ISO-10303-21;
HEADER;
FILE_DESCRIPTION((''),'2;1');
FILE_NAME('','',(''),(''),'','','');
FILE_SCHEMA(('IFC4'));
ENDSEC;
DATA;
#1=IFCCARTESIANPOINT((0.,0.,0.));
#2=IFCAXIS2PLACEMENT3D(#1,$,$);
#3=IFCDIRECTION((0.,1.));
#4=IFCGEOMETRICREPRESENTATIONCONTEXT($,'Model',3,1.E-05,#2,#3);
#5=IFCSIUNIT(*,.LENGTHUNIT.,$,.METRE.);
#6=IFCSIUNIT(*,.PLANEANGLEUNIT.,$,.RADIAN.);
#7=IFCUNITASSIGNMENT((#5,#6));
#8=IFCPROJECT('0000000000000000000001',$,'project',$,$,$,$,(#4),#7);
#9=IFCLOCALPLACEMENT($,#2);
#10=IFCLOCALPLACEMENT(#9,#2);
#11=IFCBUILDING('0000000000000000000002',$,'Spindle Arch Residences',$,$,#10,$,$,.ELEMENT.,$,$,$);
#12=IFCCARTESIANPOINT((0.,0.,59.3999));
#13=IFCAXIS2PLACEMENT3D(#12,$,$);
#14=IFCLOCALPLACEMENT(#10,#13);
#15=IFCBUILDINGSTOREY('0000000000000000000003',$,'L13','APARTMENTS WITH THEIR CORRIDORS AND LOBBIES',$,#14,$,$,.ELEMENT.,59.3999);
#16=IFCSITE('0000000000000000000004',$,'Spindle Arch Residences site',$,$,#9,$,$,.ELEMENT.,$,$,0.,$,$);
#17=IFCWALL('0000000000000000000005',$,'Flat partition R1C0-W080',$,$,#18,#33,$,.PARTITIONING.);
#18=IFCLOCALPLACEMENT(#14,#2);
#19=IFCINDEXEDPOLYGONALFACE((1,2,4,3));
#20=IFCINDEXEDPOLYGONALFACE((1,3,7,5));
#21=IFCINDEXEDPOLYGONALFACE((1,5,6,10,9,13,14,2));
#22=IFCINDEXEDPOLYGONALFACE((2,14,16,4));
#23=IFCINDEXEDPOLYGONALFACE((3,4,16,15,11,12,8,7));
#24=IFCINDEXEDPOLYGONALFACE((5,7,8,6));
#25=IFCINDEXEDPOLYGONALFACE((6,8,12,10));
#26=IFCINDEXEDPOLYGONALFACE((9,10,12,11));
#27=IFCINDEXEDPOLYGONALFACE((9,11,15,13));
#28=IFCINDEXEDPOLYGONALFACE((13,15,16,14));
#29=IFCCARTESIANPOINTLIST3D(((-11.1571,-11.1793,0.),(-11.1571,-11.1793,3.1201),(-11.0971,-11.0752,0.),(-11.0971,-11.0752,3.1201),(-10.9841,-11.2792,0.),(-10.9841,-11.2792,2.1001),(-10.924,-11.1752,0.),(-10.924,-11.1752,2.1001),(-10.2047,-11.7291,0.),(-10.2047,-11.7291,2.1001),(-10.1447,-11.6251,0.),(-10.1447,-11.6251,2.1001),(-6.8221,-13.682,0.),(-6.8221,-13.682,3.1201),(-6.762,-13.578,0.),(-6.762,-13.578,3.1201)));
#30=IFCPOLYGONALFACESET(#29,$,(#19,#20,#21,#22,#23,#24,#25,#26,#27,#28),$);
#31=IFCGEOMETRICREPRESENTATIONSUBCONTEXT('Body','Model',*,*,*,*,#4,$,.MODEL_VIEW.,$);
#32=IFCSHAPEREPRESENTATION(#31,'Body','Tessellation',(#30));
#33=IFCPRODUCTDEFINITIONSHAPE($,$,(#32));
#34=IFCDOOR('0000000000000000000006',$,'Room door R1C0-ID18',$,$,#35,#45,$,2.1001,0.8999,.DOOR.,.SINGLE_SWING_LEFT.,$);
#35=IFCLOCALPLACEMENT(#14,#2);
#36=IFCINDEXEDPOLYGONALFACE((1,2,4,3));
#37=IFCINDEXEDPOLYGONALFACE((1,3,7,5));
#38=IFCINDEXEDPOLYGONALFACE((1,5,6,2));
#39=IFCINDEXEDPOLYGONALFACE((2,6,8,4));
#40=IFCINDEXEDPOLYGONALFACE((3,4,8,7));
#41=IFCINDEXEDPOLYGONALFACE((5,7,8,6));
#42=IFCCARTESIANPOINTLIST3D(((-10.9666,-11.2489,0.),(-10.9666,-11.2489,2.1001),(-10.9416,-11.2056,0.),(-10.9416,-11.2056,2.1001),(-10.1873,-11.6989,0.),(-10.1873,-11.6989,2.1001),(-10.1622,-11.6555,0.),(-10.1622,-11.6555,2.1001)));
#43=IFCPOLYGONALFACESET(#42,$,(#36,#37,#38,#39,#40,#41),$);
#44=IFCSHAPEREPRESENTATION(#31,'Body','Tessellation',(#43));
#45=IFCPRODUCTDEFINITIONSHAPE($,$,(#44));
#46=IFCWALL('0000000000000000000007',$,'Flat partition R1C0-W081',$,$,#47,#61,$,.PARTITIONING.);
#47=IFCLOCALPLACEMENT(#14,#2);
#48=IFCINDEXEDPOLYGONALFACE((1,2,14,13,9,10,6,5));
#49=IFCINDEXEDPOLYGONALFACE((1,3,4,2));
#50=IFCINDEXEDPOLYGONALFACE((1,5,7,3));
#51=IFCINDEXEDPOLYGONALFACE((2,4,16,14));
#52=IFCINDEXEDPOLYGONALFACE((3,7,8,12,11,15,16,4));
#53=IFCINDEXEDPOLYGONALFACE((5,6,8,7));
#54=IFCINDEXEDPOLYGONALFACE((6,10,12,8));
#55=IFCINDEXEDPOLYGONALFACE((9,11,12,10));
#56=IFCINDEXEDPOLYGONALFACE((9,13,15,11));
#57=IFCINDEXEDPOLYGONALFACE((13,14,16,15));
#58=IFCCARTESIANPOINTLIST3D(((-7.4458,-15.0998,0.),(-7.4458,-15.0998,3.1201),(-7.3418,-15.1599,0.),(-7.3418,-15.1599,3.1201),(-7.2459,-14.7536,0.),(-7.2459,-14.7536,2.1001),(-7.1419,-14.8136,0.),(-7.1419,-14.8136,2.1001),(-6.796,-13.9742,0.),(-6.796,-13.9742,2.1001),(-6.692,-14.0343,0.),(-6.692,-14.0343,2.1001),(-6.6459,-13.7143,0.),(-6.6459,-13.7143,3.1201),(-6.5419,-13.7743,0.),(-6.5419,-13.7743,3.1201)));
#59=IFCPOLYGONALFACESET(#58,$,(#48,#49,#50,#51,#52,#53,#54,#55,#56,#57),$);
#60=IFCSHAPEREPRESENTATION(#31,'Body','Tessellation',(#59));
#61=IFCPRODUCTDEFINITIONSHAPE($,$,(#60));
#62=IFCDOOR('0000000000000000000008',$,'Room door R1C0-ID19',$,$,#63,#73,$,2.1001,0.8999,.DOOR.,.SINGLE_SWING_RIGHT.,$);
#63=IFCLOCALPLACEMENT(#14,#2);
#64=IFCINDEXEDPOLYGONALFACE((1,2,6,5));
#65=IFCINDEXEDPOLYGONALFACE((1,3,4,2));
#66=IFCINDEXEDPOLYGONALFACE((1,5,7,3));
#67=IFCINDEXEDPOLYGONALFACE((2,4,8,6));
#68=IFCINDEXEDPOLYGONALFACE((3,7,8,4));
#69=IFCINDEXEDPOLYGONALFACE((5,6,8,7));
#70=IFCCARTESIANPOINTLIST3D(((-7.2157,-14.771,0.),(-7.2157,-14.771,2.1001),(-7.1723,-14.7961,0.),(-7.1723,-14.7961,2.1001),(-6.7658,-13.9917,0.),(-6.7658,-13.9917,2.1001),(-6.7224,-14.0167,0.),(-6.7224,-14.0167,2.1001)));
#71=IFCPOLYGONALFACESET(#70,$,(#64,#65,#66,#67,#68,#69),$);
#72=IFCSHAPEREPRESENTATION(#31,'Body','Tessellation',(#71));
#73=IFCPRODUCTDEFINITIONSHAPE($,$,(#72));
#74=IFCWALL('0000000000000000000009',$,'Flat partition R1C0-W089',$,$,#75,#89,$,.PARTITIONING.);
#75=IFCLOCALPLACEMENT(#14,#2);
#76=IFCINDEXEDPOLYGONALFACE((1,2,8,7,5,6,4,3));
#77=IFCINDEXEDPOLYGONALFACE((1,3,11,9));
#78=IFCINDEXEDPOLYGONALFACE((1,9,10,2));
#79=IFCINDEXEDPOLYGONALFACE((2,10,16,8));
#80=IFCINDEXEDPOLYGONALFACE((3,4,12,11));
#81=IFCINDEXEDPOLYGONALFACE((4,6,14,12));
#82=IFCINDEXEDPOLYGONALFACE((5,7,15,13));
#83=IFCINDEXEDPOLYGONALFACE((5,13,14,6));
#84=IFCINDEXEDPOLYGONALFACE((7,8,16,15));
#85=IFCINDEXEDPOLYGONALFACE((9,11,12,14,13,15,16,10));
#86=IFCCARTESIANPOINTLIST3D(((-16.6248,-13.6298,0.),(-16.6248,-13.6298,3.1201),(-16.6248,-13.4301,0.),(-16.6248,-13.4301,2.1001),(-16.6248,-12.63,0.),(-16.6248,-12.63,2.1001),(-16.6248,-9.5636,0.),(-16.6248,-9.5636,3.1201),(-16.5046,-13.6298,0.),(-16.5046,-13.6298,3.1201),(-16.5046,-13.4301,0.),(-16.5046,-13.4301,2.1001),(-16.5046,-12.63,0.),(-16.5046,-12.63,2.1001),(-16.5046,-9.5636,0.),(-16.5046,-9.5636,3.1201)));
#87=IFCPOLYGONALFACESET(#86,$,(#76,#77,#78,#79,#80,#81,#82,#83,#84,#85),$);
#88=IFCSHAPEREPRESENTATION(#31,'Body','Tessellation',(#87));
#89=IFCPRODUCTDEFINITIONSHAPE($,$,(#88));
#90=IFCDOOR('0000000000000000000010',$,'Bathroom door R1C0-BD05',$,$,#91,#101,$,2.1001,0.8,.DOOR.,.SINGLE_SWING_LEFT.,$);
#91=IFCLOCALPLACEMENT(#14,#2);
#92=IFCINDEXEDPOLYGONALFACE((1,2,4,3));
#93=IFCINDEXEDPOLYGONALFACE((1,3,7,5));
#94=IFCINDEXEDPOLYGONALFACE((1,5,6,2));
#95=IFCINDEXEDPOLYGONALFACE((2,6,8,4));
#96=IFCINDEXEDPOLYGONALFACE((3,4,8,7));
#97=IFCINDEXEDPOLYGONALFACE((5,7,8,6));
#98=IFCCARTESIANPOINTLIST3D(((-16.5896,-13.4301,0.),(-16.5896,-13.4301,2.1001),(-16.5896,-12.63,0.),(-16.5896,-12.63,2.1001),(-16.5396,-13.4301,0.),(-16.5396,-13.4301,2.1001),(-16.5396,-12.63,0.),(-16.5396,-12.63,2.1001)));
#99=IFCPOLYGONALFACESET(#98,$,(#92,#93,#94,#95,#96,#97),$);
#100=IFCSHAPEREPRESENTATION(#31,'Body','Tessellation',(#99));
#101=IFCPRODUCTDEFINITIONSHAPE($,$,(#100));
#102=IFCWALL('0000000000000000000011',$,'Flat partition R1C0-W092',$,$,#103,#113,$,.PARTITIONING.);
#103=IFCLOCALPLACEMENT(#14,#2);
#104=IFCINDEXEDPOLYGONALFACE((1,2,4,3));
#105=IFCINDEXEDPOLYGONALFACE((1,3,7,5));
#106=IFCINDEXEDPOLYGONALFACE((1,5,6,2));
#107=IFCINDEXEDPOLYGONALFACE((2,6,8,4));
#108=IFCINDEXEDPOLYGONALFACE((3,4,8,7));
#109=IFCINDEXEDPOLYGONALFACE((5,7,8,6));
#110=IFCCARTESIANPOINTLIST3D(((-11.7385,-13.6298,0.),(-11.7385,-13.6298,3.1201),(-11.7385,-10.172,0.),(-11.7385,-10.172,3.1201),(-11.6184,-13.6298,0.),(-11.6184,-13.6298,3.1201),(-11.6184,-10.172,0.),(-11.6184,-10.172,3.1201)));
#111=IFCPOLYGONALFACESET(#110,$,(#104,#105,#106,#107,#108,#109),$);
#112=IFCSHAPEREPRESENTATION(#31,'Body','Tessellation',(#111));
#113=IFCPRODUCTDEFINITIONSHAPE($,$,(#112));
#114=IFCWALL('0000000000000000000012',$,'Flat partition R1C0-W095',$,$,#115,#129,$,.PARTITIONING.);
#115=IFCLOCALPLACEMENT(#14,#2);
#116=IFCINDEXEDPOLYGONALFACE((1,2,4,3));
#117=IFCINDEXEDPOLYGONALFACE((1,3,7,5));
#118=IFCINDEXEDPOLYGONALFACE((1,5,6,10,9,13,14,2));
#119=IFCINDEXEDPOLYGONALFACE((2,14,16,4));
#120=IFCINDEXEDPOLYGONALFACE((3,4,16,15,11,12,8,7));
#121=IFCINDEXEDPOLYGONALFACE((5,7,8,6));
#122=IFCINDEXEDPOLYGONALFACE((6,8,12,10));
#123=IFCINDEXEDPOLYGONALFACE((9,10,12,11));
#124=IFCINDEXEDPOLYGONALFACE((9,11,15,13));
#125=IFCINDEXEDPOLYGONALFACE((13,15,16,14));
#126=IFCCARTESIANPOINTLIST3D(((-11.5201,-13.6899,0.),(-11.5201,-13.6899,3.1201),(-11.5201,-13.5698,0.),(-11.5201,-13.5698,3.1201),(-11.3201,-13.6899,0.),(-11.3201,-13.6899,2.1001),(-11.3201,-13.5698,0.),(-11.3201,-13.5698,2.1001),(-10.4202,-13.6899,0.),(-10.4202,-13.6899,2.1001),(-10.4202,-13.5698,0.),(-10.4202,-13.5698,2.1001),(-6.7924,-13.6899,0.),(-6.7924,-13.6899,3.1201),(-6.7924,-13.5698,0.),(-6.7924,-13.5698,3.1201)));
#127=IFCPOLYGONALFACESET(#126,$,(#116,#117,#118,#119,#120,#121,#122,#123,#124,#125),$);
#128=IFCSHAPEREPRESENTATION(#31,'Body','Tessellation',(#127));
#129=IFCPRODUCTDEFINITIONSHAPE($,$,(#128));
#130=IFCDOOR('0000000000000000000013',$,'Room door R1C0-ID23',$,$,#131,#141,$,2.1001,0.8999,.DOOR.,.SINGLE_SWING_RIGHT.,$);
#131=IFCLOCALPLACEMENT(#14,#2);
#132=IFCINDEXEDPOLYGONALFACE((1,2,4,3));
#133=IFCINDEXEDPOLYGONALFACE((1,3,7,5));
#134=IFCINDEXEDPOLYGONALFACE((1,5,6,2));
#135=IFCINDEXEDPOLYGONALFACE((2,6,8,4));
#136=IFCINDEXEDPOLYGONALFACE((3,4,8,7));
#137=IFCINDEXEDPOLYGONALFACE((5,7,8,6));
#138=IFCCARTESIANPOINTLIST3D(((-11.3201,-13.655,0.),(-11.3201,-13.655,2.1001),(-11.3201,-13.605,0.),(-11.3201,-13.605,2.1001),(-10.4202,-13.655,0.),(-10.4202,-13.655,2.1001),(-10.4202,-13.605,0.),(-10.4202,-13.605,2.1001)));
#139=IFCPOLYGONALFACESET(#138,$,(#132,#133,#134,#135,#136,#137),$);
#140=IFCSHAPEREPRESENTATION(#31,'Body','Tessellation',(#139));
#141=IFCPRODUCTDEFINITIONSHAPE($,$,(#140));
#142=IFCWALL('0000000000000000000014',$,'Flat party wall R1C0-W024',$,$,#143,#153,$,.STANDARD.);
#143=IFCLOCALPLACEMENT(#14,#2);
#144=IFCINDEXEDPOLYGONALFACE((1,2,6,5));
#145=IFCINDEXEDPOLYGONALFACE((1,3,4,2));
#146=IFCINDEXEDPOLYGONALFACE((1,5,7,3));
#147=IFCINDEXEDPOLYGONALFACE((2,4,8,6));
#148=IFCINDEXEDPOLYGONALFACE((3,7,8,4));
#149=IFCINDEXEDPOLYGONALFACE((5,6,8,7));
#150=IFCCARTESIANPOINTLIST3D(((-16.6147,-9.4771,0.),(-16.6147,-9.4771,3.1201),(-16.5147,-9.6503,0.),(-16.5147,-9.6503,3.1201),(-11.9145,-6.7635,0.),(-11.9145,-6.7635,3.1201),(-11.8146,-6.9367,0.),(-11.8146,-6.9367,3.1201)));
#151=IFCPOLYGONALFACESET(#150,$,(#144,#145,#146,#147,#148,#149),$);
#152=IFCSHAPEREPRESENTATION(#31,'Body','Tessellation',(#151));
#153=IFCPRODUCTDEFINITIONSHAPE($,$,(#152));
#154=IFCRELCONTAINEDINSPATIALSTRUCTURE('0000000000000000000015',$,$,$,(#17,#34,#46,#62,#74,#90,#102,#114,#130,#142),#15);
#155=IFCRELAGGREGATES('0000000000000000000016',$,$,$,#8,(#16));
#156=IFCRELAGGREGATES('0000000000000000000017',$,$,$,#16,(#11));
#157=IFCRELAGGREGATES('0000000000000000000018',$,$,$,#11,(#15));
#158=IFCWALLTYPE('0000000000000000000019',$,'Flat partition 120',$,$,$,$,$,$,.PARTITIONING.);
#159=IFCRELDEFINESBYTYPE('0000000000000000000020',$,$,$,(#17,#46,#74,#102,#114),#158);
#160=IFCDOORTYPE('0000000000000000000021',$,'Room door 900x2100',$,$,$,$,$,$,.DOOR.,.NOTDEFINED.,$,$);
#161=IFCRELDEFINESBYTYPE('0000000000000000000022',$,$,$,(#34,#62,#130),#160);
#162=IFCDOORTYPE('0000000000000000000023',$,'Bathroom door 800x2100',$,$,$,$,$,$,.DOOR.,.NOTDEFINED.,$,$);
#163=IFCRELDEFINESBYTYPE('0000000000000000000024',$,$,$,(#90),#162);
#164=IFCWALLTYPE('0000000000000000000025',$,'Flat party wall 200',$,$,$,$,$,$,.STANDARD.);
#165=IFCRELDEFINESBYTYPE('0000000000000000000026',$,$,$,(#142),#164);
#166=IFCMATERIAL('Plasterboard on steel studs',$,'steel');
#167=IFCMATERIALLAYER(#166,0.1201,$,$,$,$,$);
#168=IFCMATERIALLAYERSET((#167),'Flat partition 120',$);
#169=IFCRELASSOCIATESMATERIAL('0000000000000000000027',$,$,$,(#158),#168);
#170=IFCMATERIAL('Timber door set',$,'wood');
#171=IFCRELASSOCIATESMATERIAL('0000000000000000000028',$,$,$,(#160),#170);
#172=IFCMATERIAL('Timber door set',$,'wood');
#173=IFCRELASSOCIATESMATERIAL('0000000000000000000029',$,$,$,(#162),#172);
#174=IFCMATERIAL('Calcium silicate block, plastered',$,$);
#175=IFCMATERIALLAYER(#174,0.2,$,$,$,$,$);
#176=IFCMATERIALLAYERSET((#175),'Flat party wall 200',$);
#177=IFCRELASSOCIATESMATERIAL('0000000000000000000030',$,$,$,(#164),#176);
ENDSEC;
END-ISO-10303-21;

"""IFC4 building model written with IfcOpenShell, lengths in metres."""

from ifc_helpers import new_model, si_unit, direction, frame, frame_2d, origin, place, context, subcontext, project, spatial, rectangle, extrude, material, layer, layer_set, type_object, element, fill, save


model = new_model("IFC4")

# Units and contexts
model_context = context("Model", 3, precision=1e-05, world=origin(), true_north=direction((0.0, 1.0)))
body_context = subcontext(model_context, "Body", "Model", "MODEL_VIEW")
ifc_project = project(units=[si_unit("LENGTHUNIT", "METRE"), si_unit("PLANEANGLEUNIT", "RADIAN")], contexts=[model_context])

# Site, building, storey
site_placement = place(None, origin())
site = spatial("IfcSite", under=ifc_project, at=site_placement, Name="Spindle Arch Residences site", CompositionType="ELEMENT", RefElevation=0.0)
building_placement = place(site_placement, origin())
building = spatial("IfcBuilding", under=site, at=building_placement, Name="Spindle Arch Residences", CompositionType="ELEMENT")
storey_placement = place(building_placement, frame((0.0, 0.0, 59.3999)))
storey = spatial("IfcBuildingStorey", under=building, at=storey_placement, Name="L13", Description="APARTMENTS WITH THEIR CORRIDORS AND LOBBIES", CompositionType="ELEMENT", Elevation=59.3999)

# Walls, openings, doors
ifc_material_1 = material(Name="Plasterboard on steel studs", Category="steel")
ifc_layer_1 = layer(ifc_material_1, 0.1201)
ifc_layer_set_1 = layer_set([ifc_layer_1], Name="Flat partition 120")
wall_type_1 = type_object("IfcWallType", Name="Flat partition 120", PredefinedType="PARTITIONING", material=ifc_layer_set_1)
ifc_material_2 = material(Name="Timber door set", Category="wood")
door_type_1 = type_object("IfcDoorType", Name="Room door 900x2100", OperationType="NOTDEFINED", PredefinedType="DOOR", material=ifc_material_2)
wall_1_placement = place(storey_placement, frame((-11.1272, -11.1272, 0.0), z_axis=(0.0, 0.0, 1.0), x_axis=(0.866035, -0.499984, 0.0)))
wall_1 = element("IfcWall", 1, at=wall_1_placement, inside=storey, type_object=wall_type_1, Name="Flat partition R1C0-W080", PredefinedType="PARTITIONING", context=body_context, shape_type="SweptSolid", body=[
    extrude(rectangle(XDim=5.0056, YDim=0.1201, at=frame_2d((2.5029, 0.0))), origin(), (0.0, 0.0, 1.0), 3.1201),
])
opening_1_placement = place(wall_1_placement, frame((0.2, 0.0, 0.0)))
opening_1 = element("IfcOpeningElement", 2, at=opening_1_placement, cuts=wall_1, PredefinedType="OPENING", context=body_context, shape_type="SweptSolid", body=[
    extrude(rectangle(XDim=0.8999, YDim=2.1001, at=frame_2d((0.45, 1.05))), frame((0.0, 0.0701, 0.0), z_axis=(0.0, -1.0, 0.0), x_axis=(1.0, 0.0, 0.0)), (0.0, 0.0, 1.0), 0.1401),
])
door_1_placement = place(opening_1_placement, origin())
door_1 = element("IfcDoor", 3, at=door_1_placement, inside=storey, type_object=door_type_1, Name="Room door R1C0-ID18", OperationType="SINGLE_SWING_LEFT", OverallHeight=2.1001, OverallWidth=0.8999, PredefinedType="DOOR", context=body_context, shape_type="SweptSolid", body=[
    extrude(rectangle(XDim=0.8999, YDim=2.1001, at=frame_2d((0.45, 1.05))), frame((0.0, 0.0249, 0.0), z_axis=(0.0, -1.0, 0.0), x_axis=(1.0, 0.0, 0.0)), (0.0, 0.0, 1.0), 0.05),
])
fill(opening_1, door_1)
wall_2_placement = place(storey_placement, frame((-6.594, -13.7444, 0.0), z_axis=(0.0, 0.0, 1.0), x_axis=(-0.499947, -0.866056, 0.0)))
wall_2 = element("IfcWall", 4, at=wall_2_placement, inside=storey, type_object=wall_type_1, Name="Flat partition R1C0-W081", PredefinedType="PARTITIONING", context=body_context, shape_type="SweptSolid", body=[
    extrude(rectangle(XDim=1.5999, YDim=0.1201, at=frame_2d((0.7998, 0.0))), origin(), (0.0, 0.0, 1.0), 3.1201),
])
opening_2_placement = place(wall_2_placement, frame((0.3, 0.0, 0.0)))
opening_2 = element("IfcOpeningElement", 5, at=opening_2_placement, cuts=wall_2, PredefinedType="OPENING", context=body_context, shape_type="SweptSolid", body=[
    extrude(rectangle(XDim=0.8999, YDim=2.1001, at=frame_2d((0.45, 1.05))), frame((0.0, 0.0701, 0.0), z_axis=(0.0, -1.0, 0.0), x_axis=(1.0, 0.0, 0.0)), (0.0, 0.0, 1.0), 0.1401),
])
door_2_placement = place(opening_2_placement, origin())
door_2 = element("IfcDoor", 6, at=door_2_placement, inside=storey, type_object=door_type_1, Name="Room door R1C0-ID19", OperationType="SINGLE_SWING_RIGHT", OverallHeight=2.1001, OverallWidth=0.8999, PredefinedType="DOOR", context=body_context, shape_type="SweptSolid", body=[
    extrude(rectangle(XDim=0.8999, YDim=2.1001, at=frame_2d((0.45, 1.05))), frame((0.0, 0.0249, 0.0), z_axis=(0.0, -1.0, 0.0), x_axis=(1.0, 0.0, 0.0)), (0.0, 0.0, 1.0), 0.05),
])
fill(opening_2, door_2)
wall_3_placement = place(storey_placement, frame((-16.5647, -13.6299, 0.0), z_axis=(0.0, 0.0, 1.0), x_axis=(0.0, 1.0, 0.0)))
wall_3 = element("IfcWall", 7, at=wall_3_placement, inside=storey, type_object=wall_type_1, Name="Flat partition R1C0-W089", PredefinedType="PARTITIONING", context=body_context, shape_type="SweptSolid", body=[
    extrude(rectangle(XDim=4.0662, YDim=0.1201, at=frame_2d((2.0332, 0.0))), origin(), (0.0, 0.0, 1.0), 3.1201),
])
opening_3_placement = place(wall_3_placement, frame((0.2, 0.0, 0.0)))
opening_3 = element("IfcOpeningElement", 8, at=opening_3_placement, cuts=wall_3, PredefinedType="OPENING", context=body_context, shape_type="SweptSolid", body=[
    extrude(rectangle(XDim=0.8, YDim=2.1001, at=frame_2d((0.3999, 1.05))), frame((0.0, 0.0701, 0.0), z_axis=(0.0, -1.0, 0.0), x_axis=(1.0, 0.0, 0.0)), (0.0, 0.0, 1.0), 0.1401),
])
ifc_material_3 = material(Name="Timber door set", Category="wood")
door_type_2 = type_object("IfcDoorType", Name="Bathroom door 800x2100", OperationType="NOTDEFINED", PredefinedType="DOOR", material=ifc_material_3)
door_3_placement = place(opening_3_placement, origin())
door_3 = element("IfcDoor", 9, at=door_3_placement, inside=storey, type_object=door_type_2, Name="Bathroom door R1C0-BD05", OperationType="SINGLE_SWING_LEFT", OverallHeight=2.1001, OverallWidth=0.8, PredefinedType="DOOR", context=body_context, shape_type="SweptSolid", body=[
    extrude(rectangle(XDim=0.8, YDim=2.1001, at=frame_2d((0.3999, 1.05))), frame((0.0, 0.0249, 0.0), z_axis=(0.0, -1.0, 0.0), x_axis=(1.0, 0.0, 0.0)), (0.0, 0.0, 1.0), 0.05),
])
fill(opening_3, door_3)

# Wall
wall_4_placement = place(storey_placement, frame((-11.6785, -13.6299, 0.0), z_axis=(0.0, 0.0, 1.0), x_axis=(0.0, 1.0, 0.0)))
element("IfcWall", 10, at=wall_4_placement, inside=storey, type_object=wall_type_1, Name="Flat partition R1C0-W092", PredefinedType="PARTITIONING", context=body_context, shape_type="SweptSolid", body=[
    extrude(rectangle(XDim=3.4578, YDim=0.1201, at=frame_2d((1.729, 0.0))), origin(), (0.0, 0.0, 1.0), 3.1201),
])

# Wall, opening, door
wall_5_placement = place(storey_placement, frame((-11.52, -13.6299, 0.0), z_axis=(0.0, 0.0, 1.0), x_axis=(1.0, 0.0, 0.0)))
wall_5 = element("IfcWall", 11, at=wall_5_placement, inside=storey, type_object=wall_type_1, Name="Flat partition R1C0-W095", PredefinedType="PARTITIONING", context=body_context, shape_type="SweptSolid", body=[
    extrude(rectangle(XDim=4.7278, YDim=0.1201, at=frame_2d((2.3638, 0.0))), origin(), (0.0, 0.0, 1.0), 3.1201),
])
opening_4_placement = place(wall_5_placement, frame((0.2, 0.0, 0.0)))
opening_4 = element("IfcOpeningElement", 12, at=opening_4_placement, cuts=wall_5, PredefinedType="OPENING", context=body_context, shape_type="SweptSolid", body=[
    extrude(rectangle(XDim=0.8999, YDim=2.1001, at=frame_2d((0.45, 1.05))), frame((0.0, 0.0701, 0.0), z_axis=(0.0, -1.0, 0.0), x_axis=(1.0, 0.0, 0.0)), (0.0, 0.0, 1.0), 0.1401),
])
door_4_placement = place(opening_4_placement, origin())
door_4 = element("IfcDoor", 13, at=door_4_placement, inside=storey, type_object=door_type_1, Name="Room door R1C0-ID23", OperationType="SINGLE_SWING_RIGHT", OverallHeight=2.1001, OverallWidth=0.8999, PredefinedType="DOOR", context=body_context, shape_type="SweptSolid", body=[
    extrude(rectangle(XDim=0.8999, YDim=2.1001, at=frame_2d((0.45, 1.05))), frame((0.0, 0.0249, 0.0), z_axis=(0.0, -1.0, 0.0), x_axis=(1.0, 0.0, 0.0)), (0.0, 0.0, 1.0), 0.05),
])
fill(opening_4, door_4)

# Wall
ifc_material_4 = material(Name="Calcium silicate block, plastered")
ifc_layer_2 = layer(ifc_material_4, 0.2)
ifc_layer_set_2 = layer_set([ifc_layer_2], Name="Flat party wall 200")
wall_type_2 = type_object("IfcWallType", Name="Flat party wall 200", PredefinedType="STANDARD", material=ifc_layer_set_2)
wall_6_placement = place(storey_placement, frame((-16.5647, -9.5637, 0.0), z_axis=(0.0, 0.0, 1.0), x_axis=(0.866028, 0.499995, 0.0)))
element("IfcWall", 14, at=wall_6_placement, inside=storey, type_object=wall_type_2, Name="Flat party wall R1C0-W024", PredefinedType="STANDARD", context=body_context, shape_type="SweptSolid", body=[
    extrude(rectangle(XDim=5.4272, YDim=0.2, at=frame_2d((2.7136, 0.0))), origin(), (0.0, 0.0, 1.0), 3.1201),
])

save(model, "model.ifc")
